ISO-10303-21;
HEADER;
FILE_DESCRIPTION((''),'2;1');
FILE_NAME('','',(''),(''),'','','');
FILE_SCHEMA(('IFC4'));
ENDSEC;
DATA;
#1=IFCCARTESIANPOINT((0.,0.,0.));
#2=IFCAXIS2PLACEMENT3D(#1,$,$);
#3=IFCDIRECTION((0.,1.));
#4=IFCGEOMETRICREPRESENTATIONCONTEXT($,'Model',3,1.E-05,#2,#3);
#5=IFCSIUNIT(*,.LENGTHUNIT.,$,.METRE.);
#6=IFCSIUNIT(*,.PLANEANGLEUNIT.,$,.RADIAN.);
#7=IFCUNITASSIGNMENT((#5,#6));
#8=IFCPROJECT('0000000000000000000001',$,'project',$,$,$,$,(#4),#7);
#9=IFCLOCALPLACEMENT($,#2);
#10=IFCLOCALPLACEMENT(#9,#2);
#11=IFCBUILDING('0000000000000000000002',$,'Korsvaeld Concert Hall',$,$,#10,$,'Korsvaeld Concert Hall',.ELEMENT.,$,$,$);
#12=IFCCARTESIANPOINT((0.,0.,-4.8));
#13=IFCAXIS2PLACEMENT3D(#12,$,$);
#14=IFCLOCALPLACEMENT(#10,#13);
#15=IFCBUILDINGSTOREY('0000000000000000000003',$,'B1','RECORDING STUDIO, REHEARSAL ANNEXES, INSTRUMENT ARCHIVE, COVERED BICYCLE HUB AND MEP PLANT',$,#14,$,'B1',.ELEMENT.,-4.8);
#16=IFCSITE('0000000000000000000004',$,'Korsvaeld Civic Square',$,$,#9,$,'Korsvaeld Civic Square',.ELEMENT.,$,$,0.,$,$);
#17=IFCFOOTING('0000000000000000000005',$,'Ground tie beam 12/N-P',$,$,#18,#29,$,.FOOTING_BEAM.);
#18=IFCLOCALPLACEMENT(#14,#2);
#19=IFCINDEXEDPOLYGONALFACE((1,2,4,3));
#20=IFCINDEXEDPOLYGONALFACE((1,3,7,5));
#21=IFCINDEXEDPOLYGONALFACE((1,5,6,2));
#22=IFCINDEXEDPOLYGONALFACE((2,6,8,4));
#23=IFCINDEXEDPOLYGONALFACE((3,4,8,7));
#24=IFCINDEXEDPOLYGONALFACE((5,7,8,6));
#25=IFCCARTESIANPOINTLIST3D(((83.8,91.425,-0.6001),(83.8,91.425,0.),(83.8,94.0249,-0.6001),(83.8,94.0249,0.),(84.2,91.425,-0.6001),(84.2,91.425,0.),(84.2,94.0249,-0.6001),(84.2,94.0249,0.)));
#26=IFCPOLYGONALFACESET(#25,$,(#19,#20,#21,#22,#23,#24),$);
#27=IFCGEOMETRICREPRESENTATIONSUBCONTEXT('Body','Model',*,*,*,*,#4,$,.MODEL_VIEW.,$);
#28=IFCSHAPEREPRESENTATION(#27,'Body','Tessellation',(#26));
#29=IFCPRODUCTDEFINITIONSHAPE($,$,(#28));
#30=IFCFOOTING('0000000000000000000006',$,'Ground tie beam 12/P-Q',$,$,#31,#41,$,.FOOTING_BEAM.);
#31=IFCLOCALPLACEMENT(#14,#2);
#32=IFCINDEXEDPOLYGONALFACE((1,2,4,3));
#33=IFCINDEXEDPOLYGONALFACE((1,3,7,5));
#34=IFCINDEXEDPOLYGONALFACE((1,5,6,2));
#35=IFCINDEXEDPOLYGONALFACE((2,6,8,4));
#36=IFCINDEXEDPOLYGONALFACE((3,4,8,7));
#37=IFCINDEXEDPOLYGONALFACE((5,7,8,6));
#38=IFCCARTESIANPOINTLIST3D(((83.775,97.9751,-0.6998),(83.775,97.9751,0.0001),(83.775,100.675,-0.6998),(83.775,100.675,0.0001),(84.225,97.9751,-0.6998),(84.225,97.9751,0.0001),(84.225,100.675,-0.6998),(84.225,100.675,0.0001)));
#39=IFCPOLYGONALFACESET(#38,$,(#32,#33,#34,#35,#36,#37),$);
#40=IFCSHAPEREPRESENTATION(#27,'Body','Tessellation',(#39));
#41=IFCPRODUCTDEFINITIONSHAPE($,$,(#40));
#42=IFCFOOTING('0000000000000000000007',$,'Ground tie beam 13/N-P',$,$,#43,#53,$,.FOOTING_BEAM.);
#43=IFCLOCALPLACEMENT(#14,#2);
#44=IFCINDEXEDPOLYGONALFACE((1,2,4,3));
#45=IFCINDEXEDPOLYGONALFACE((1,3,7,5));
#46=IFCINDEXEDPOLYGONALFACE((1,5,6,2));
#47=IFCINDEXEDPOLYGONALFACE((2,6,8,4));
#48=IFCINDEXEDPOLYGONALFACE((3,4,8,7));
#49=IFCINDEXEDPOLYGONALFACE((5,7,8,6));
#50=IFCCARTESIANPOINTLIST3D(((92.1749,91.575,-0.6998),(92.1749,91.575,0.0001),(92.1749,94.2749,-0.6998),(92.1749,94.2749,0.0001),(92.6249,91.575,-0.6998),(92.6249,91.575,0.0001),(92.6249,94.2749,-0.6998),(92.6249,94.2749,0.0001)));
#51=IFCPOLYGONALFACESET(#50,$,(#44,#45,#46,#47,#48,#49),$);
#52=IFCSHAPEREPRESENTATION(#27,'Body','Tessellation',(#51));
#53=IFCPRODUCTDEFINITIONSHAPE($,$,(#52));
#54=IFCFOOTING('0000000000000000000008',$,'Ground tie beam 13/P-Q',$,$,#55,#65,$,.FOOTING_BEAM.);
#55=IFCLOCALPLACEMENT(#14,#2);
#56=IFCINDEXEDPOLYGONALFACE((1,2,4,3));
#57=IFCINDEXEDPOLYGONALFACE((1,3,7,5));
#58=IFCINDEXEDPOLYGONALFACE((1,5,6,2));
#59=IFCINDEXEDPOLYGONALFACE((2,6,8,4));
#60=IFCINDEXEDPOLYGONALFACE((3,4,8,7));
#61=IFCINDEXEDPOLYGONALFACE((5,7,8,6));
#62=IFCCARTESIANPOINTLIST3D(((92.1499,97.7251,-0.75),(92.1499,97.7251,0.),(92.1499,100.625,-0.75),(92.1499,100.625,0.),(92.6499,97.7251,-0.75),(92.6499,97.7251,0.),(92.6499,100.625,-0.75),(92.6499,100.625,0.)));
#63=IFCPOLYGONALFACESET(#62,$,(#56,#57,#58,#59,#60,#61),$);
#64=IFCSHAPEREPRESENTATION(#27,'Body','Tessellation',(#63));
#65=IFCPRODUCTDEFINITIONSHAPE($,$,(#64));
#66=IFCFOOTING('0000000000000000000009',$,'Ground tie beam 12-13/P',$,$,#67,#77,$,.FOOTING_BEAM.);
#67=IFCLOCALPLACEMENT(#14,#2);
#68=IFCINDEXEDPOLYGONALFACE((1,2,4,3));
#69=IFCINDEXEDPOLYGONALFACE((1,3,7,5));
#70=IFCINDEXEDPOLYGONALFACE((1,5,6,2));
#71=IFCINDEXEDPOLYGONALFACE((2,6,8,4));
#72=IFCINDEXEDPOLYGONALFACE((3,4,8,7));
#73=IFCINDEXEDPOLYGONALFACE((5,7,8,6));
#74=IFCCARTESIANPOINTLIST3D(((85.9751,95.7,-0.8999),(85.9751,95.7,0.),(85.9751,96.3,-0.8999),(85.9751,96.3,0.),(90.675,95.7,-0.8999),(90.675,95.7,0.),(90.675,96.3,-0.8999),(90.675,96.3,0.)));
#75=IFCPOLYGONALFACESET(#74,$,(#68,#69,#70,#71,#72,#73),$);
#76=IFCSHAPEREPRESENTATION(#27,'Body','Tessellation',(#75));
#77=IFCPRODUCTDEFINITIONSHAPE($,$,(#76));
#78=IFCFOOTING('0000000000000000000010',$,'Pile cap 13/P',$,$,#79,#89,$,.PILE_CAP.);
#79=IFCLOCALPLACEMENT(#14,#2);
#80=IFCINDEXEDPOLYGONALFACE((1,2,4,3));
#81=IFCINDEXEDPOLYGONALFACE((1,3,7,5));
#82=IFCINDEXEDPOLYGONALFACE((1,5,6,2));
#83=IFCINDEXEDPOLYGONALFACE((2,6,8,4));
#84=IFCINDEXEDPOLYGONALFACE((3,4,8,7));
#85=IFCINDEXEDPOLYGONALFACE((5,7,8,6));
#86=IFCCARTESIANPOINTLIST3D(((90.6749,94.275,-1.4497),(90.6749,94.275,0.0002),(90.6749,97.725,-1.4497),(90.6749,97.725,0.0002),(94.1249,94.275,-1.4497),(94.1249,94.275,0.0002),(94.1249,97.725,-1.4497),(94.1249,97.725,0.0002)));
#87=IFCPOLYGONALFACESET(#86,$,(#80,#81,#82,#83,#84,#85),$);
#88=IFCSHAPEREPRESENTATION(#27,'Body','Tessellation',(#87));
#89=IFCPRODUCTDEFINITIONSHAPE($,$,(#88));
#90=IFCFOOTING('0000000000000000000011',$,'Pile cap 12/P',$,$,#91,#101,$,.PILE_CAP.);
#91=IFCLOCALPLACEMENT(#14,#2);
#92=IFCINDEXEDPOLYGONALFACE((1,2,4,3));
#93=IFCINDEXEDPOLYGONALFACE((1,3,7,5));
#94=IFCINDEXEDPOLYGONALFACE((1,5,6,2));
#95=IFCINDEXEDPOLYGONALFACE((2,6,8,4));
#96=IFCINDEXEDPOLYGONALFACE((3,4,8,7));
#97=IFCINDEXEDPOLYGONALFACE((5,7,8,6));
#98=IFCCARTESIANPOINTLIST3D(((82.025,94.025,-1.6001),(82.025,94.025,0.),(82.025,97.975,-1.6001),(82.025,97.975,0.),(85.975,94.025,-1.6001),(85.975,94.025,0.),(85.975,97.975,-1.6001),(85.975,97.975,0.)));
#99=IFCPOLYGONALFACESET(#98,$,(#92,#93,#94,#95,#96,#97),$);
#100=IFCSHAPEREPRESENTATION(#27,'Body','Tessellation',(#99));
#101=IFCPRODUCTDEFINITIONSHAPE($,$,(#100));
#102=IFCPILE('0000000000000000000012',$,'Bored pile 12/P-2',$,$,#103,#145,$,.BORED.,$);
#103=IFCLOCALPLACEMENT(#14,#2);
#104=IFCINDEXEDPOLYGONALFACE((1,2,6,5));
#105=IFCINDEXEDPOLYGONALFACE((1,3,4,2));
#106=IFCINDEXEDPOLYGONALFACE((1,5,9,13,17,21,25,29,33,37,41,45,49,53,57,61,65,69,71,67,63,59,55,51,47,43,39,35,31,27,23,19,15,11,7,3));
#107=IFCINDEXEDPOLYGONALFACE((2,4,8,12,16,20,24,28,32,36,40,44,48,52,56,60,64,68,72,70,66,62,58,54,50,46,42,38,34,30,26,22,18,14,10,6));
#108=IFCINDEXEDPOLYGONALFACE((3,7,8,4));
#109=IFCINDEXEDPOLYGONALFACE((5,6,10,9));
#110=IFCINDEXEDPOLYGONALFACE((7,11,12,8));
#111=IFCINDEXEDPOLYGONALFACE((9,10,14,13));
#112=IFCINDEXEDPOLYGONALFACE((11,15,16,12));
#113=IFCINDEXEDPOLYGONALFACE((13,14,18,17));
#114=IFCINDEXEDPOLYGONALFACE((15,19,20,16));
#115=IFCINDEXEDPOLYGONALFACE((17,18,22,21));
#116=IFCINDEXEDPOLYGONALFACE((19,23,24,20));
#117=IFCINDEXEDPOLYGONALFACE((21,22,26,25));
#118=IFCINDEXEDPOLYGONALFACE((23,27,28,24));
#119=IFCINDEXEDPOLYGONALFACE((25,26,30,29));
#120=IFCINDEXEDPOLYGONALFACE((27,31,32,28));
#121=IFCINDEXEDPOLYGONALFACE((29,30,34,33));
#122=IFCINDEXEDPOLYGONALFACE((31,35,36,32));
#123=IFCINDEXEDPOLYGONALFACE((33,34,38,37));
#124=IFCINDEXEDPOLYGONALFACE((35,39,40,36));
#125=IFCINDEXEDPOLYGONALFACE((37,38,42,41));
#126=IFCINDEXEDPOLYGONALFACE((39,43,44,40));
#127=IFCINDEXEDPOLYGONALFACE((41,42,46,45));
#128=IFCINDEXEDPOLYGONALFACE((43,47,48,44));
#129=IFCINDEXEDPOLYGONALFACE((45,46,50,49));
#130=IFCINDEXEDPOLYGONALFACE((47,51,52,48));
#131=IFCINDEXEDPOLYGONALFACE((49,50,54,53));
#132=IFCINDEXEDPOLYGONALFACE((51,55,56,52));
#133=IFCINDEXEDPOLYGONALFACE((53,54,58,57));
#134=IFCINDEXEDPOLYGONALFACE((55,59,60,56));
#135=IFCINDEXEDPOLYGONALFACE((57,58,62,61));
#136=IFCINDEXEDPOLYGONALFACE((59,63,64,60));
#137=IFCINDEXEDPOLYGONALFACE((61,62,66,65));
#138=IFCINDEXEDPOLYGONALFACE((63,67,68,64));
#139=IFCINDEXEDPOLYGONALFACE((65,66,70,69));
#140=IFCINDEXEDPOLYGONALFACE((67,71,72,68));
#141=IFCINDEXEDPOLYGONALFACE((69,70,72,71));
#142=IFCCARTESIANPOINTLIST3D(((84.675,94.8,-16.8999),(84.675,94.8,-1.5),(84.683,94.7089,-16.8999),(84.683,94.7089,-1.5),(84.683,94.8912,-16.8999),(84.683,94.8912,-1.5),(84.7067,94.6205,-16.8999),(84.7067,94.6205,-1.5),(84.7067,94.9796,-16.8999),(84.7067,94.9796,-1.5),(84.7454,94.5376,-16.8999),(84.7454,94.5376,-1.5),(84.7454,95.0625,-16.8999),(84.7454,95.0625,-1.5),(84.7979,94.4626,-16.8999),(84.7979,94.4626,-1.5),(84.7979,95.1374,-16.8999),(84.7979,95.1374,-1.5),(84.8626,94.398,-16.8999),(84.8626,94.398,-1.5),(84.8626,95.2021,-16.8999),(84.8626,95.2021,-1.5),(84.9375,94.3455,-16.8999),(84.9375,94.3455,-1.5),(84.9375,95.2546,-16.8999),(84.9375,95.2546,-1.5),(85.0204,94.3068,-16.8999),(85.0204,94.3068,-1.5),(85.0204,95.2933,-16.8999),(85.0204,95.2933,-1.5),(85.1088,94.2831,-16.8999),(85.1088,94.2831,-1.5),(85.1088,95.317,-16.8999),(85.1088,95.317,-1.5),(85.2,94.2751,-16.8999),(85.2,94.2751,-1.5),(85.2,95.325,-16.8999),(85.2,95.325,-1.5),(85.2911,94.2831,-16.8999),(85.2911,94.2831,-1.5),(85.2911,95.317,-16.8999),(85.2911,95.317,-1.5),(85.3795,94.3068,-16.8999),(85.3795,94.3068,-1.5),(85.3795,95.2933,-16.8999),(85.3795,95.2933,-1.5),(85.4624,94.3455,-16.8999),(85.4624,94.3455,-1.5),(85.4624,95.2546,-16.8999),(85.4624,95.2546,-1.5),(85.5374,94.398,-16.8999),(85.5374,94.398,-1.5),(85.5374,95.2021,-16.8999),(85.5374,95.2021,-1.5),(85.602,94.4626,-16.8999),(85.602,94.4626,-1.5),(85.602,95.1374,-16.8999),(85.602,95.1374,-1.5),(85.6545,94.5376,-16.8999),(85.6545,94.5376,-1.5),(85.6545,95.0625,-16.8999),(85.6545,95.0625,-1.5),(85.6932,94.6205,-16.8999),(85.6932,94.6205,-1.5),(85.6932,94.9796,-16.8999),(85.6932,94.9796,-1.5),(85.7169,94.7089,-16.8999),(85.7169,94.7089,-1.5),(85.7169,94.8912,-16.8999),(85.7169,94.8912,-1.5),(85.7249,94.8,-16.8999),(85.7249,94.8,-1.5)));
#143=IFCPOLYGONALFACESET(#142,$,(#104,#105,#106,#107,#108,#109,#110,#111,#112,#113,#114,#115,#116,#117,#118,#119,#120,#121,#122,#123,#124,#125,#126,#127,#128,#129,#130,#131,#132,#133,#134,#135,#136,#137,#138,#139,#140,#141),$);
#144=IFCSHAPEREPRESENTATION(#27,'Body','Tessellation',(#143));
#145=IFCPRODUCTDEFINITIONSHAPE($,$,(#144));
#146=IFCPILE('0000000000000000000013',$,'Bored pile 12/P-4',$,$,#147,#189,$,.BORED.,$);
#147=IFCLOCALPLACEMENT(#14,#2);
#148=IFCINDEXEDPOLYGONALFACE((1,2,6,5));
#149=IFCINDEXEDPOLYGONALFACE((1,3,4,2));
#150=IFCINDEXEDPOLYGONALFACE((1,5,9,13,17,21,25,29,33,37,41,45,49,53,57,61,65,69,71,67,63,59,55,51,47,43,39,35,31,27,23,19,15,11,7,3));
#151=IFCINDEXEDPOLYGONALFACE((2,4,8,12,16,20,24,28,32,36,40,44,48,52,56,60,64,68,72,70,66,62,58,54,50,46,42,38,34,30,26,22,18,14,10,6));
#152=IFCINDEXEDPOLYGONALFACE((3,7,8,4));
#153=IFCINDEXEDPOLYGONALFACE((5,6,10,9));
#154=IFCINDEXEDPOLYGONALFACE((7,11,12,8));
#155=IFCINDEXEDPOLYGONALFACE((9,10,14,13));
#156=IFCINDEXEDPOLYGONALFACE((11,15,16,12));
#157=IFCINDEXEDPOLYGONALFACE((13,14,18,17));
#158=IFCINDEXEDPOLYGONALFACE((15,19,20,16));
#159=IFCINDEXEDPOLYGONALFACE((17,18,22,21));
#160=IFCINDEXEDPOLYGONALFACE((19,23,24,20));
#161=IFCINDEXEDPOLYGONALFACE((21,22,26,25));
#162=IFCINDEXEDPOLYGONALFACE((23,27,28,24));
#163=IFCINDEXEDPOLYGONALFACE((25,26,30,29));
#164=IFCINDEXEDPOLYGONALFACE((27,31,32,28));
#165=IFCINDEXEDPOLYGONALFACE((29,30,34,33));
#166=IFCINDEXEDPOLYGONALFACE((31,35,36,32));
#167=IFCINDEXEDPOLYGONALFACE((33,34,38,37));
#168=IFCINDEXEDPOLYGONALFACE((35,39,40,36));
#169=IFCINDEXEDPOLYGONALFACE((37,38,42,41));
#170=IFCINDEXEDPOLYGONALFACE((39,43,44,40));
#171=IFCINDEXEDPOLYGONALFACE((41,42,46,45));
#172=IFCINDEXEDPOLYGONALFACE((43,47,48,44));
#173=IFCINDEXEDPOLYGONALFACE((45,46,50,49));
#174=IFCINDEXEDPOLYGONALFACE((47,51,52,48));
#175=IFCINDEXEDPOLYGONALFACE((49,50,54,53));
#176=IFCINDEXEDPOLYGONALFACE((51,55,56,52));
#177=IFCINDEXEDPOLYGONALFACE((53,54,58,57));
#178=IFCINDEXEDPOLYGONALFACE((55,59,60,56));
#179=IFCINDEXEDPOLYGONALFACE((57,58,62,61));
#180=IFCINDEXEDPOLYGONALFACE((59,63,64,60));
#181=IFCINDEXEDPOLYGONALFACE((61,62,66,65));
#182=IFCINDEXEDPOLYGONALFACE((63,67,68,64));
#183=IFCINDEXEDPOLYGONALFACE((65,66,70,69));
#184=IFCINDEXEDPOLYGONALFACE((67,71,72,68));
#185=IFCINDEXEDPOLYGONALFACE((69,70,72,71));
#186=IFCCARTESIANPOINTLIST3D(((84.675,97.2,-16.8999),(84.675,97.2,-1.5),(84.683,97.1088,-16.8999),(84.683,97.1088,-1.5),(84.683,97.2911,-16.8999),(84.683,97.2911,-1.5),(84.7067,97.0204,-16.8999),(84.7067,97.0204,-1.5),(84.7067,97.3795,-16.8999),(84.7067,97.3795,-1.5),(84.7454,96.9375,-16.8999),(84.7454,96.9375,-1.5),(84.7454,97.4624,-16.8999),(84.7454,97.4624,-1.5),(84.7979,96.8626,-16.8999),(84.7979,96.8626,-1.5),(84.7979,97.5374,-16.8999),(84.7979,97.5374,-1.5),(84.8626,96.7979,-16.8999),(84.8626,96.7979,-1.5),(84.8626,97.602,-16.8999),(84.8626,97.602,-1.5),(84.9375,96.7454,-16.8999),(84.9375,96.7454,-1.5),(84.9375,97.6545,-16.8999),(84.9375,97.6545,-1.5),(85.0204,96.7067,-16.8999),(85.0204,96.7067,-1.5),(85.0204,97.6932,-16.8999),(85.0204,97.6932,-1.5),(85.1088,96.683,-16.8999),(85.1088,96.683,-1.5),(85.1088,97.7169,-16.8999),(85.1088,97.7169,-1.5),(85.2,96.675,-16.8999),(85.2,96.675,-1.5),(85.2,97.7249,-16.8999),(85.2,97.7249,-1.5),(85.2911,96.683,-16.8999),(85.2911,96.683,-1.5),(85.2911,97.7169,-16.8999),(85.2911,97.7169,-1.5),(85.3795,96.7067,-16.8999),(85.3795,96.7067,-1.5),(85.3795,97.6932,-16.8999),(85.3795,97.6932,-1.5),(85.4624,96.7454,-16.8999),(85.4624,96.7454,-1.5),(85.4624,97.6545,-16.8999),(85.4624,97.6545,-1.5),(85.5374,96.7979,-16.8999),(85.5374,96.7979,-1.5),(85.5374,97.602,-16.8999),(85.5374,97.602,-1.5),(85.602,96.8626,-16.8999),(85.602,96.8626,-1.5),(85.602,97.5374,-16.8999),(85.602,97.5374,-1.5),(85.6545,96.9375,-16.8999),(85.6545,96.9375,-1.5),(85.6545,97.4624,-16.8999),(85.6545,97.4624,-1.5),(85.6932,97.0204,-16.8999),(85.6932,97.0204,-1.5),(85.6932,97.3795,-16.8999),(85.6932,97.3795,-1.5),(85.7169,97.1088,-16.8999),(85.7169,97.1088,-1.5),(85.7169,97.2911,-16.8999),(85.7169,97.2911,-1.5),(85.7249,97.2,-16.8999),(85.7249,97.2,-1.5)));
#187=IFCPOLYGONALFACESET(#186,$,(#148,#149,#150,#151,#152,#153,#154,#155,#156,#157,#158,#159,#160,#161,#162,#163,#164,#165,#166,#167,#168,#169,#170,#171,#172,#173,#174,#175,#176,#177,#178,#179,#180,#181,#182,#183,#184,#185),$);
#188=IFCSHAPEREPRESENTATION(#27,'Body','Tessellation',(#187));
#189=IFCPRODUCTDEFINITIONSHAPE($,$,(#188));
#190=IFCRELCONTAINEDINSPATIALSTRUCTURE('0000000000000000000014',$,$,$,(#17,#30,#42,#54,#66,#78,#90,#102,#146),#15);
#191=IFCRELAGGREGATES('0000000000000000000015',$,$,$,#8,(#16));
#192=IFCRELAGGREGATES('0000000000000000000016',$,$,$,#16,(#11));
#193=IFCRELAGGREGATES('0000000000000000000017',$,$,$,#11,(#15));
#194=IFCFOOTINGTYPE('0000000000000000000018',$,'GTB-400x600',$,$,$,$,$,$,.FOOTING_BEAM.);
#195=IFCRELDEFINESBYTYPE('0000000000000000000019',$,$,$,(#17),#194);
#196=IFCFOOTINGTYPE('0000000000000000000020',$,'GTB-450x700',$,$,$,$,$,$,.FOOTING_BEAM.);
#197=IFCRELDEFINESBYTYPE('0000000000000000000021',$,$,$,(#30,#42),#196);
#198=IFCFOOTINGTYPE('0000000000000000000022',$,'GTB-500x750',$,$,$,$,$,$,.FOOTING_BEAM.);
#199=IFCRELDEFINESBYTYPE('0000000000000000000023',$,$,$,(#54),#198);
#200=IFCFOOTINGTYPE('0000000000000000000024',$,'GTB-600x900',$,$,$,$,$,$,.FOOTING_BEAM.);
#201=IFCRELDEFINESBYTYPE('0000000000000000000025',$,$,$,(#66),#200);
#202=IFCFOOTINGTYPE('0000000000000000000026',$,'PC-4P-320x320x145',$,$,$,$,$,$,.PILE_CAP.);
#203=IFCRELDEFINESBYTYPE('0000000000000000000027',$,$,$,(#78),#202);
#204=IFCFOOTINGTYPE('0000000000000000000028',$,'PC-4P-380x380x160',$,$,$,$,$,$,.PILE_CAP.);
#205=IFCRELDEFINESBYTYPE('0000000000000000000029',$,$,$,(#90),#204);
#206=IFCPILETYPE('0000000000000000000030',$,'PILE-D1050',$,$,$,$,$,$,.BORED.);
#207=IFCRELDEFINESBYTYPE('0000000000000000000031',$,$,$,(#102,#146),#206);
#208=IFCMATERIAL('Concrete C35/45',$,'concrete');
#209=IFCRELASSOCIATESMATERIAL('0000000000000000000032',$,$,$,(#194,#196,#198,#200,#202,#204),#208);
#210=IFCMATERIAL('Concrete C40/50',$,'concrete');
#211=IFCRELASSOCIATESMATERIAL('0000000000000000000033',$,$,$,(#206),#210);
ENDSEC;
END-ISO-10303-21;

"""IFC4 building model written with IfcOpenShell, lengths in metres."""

from ifc_helpers import new_model, si_unit, direction, frame, origin, origin_2d, place, context, subcontext, project, spatial, rectangle, circle, extrude, material, material_profile, profile_set, type_object, element, save


model = new_model("IFC4")

# Units and contexts
model_context = context("Model", 3, precision=1e-05, world=origin(), true_north=direction((0.0, 1.0)))
body_context = subcontext(model_context, "Body", "Model", "MODEL_VIEW")
ifc_project = project(units=[si_unit("LENGTHUNIT", "METRE"), si_unit("PLANEANGLEUNIT", "RADIAN")], contexts=[model_context])

# Site, building, storey
site_placement = place(None, origin())
site = spatial("IfcSite", under=ifc_project, at=site_placement, Name="Korsvaeld Civic Square", LongName="Korsvaeld Civic Square", CompositionType="ELEMENT", RefElevation=0.0)
building_placement = place(site_placement, origin())
building = spatial("IfcBuilding", under=site, at=building_placement, Name="Korsvaeld Concert Hall", LongName="Korsvaeld Concert Hall", CompositionType="ELEMENT")
storey_placement = place(building_placement, frame((0.0, 0.0, -4.8)))
storey = spatial("IfcBuildingStorey", under=building, at=storey_placement, Name="B1", Description="RECORDING STUDIO, REHEARSAL ANNEXES, INSTRUMENT ARCHIVE, COVERED BICYCLE HUB AND MEP PLANT", LongName="B1", CompositionType="ELEMENT", Elevation=-4.8)

# Footings
ifc_material_1 = material(Name="Concrete C35/45", Category="concrete")
ifc_material_profile_1 = material_profile(ifc_material_1, rectangle(XDim=0.3999, YDim=0.6001, at=origin_2d()), Name="GTB 400x600")
ifc_profile_set_1 = profile_set([ifc_material_profile_1], Name="Concrete C35/45")
footing_type_1 = type_object("IfcFootingType", Name="GTB-400x600", PredefinedType="FOOTING_BEAM", material=ifc_profile_set_1)
footing_1_placement = place(storey_placement, frame((84.0, 91.425, -0.3), z_axis=(0.0, 1.0, 0.0), x_axis=(-1.0, 0.0, 0.0)))
element("IfcFooting", 1, at=footing_1_placement, inside=storey, type_object=footing_type_1, Name="Ground tie beam 12/N-P", PredefinedType="FOOTING_BEAM", context=body_context, shape_type="SweptSolid", body=[
    extrude(rectangle(XDim=0.3999, YDim=0.6001, at=origin_2d()), origin(), (0.0, 0.0, 1.0), 2.5999),
])
ifc_material_profile_2 = material_profile(ifc_material_1, rectangle(XDim=0.45, YDim=0.7, at=origin_2d()), Name="GTB 450x700")
ifc_profile_set_2 = profile_set([ifc_material_profile_2], Name="Concrete C35/45")
footing_type_2 = type_object("IfcFootingType", Name="GTB-450x700", PredefinedType="FOOTING_BEAM", material=ifc_profile_set_2)
for number, where, z_axis, x_axis, name in (
    (2, (84.0, 97.9751, -0.3499), (0.0, 1.0, 0.0), (-1.0, 0.0, 0.0), "Ground tie beam 12/P-Q"),
    (3, (92.3999, 91.575, -0.3499), (0.0, 1.0, 0.0), (-1.0, 0.0, 0.0), "Ground tie beam 13/N-P"),
):
    element("IfcFooting", number, at=place(storey_placement, frame(where, z_axis=z_axis, x_axis=x_axis)), inside=storey, type_object=footing_type_2, Name=name, PredefinedType="FOOTING_BEAM", context=body_context, shape_type="SweptSolid", body=[
        extrude(rectangle(XDim=0.45, YDim=0.7, at=origin_2d()), origin(), (0.0, 0.0, 1.0), 2.7),
    ])
ifc_material_profile_3 = material_profile(ifc_material_1, rectangle(XDim=0.5, YDim=0.75, at=origin_2d()), Name="GTB 500x750")
ifc_profile_set_3 = profile_set([ifc_material_profile_3], Name="Concrete C35/45")
footing_type_3 = type_object("IfcFootingType", Name="GTB-500x750", PredefinedType="FOOTING_BEAM", material=ifc_profile_set_3)
footing_2_placement = place(storey_placement, frame((92.3999, 97.7251, -0.375), z_axis=(0.0, 1.0, 0.0), x_axis=(-1.0, 0.0, 0.0)))
element("IfcFooting", 4, at=footing_2_placement, inside=storey, type_object=footing_type_3, Name="Ground tie beam 13/P-Q", PredefinedType="FOOTING_BEAM", context=body_context, shape_type="SweptSolid", body=[
    extrude(rectangle(XDim=0.5, YDim=0.75, at=origin_2d()), origin(), (0.0, 0.0, 1.0), 2.8999),
])
ifc_material_profile_4 = material_profile(ifc_material_1, rectangle(XDim=0.6001, YDim=0.8999, at=origin_2d()), Name="GTB 600x900")
ifc_profile_set_4 = profile_set([ifc_material_profile_4], Name="Concrete C35/45")
footing_type_4 = type_object("IfcFootingType", Name="GTB-600x900", PredefinedType="FOOTING_BEAM", material=ifc_profile_set_4)
footing_3_placement = place(storey_placement, frame((85.9751, 96.0, -0.45), z_axis=(1.0, 0.0, 0.0), x_axis=(0.0, 1.0, 0.0)))
element("IfcFooting", 5, at=footing_3_placement, inside=storey, type_object=footing_type_4, Name="Ground tie beam 12-13/P", PredefinedType="FOOTING_BEAM", context=body_context, shape_type="SweptSolid", body=[
    extrude(rectangle(XDim=0.6001, YDim=0.8999, at=origin_2d()), origin(), (0.0, 0.0, 1.0), 4.7),
])
footing_type_5 = type_object("IfcFootingType", Name="PC-4P-320x320x145", PredefinedType="PILE_CAP", material=ifc_material_1)
footing_4_placement = place(storey_placement, frame((92.3999, 96.0, -1.4497), z_axis=(0.0, 0.0, 1.0), x_axis=(1.0, 0.0, 0.0)))
element("IfcFooting", 6, at=footing_4_placement, inside=storey, type_object=footing_type_5, Name="Pile cap 13/P", PredefinedType="PILE_CAP", context=body_context, shape_type="SweptSolid", body=[
    extrude(rectangle(XDim=3.45, YDim=3.45, at=origin_2d()), origin(), (0.0, 0.0, 1.0), 1.45),
])
footing_type_6 = type_object("IfcFootingType", Name="PC-4P-380x380x160", PredefinedType="PILE_CAP", material=ifc_material_1)
footing_5_placement = place(storey_placement, frame((84.0, 96.0, -1.6001), z_axis=(0.0, 0.0, 1.0), x_axis=(1.0, 0.0, 0.0)))
element("IfcFooting", 7, at=footing_5_placement, inside=storey, type_object=footing_type_6, Name="Pile cap 12/P", PredefinedType="PILE_CAP", context=body_context, shape_type="SweptSolid", body=[
    extrude(rectangle(XDim=3.95, YDim=3.95, at=origin_2d()), origin(), (0.0, 0.0, 1.0), 1.6001),
])

# Piles
ifc_material_2 = material(Name="Concrete C40/50", Category="concrete")
ifc_material_profile_5 = material_profile(ifc_material_2, circle(Radius=0.5249, at=origin_2d()), Name="BORED PILE D1050")
ifc_profile_set_5 = profile_set([ifc_material_profile_5], Name="Concrete C40/50")
pile_type_1 = type_object("IfcPileType", Name="PILE-D1050", PredefinedType="BORED", material=ifc_profile_set_5)
for number, where, z_axis, x_axis, name in (
    (8, (85.2, 94.8, -1.5), (0.0, 0.0, -1.0), (1.0, 0.0, 0.0), "Bored pile 12/P-2"),
    (9, (85.2, 97.2, -1.5), (0.0, 0.0, -1.0), (1.0, 0.0, 0.0), "Bored pile 12/P-4"),
):
    element("IfcPile", number, at=place(storey_placement, frame(where, z_axis=z_axis, x_axis=x_axis)), inside=storey, type_object=pile_type_1, Name=name, PredefinedType="BORED", context=body_context, shape_type="SweptSolid", body=[
        extrude(circle(Radius=0.5249, at=origin_2d()), origin(), (0.0, 0.0, 1.0), 15.3999),
    ])

save(model, "model.ifc")
